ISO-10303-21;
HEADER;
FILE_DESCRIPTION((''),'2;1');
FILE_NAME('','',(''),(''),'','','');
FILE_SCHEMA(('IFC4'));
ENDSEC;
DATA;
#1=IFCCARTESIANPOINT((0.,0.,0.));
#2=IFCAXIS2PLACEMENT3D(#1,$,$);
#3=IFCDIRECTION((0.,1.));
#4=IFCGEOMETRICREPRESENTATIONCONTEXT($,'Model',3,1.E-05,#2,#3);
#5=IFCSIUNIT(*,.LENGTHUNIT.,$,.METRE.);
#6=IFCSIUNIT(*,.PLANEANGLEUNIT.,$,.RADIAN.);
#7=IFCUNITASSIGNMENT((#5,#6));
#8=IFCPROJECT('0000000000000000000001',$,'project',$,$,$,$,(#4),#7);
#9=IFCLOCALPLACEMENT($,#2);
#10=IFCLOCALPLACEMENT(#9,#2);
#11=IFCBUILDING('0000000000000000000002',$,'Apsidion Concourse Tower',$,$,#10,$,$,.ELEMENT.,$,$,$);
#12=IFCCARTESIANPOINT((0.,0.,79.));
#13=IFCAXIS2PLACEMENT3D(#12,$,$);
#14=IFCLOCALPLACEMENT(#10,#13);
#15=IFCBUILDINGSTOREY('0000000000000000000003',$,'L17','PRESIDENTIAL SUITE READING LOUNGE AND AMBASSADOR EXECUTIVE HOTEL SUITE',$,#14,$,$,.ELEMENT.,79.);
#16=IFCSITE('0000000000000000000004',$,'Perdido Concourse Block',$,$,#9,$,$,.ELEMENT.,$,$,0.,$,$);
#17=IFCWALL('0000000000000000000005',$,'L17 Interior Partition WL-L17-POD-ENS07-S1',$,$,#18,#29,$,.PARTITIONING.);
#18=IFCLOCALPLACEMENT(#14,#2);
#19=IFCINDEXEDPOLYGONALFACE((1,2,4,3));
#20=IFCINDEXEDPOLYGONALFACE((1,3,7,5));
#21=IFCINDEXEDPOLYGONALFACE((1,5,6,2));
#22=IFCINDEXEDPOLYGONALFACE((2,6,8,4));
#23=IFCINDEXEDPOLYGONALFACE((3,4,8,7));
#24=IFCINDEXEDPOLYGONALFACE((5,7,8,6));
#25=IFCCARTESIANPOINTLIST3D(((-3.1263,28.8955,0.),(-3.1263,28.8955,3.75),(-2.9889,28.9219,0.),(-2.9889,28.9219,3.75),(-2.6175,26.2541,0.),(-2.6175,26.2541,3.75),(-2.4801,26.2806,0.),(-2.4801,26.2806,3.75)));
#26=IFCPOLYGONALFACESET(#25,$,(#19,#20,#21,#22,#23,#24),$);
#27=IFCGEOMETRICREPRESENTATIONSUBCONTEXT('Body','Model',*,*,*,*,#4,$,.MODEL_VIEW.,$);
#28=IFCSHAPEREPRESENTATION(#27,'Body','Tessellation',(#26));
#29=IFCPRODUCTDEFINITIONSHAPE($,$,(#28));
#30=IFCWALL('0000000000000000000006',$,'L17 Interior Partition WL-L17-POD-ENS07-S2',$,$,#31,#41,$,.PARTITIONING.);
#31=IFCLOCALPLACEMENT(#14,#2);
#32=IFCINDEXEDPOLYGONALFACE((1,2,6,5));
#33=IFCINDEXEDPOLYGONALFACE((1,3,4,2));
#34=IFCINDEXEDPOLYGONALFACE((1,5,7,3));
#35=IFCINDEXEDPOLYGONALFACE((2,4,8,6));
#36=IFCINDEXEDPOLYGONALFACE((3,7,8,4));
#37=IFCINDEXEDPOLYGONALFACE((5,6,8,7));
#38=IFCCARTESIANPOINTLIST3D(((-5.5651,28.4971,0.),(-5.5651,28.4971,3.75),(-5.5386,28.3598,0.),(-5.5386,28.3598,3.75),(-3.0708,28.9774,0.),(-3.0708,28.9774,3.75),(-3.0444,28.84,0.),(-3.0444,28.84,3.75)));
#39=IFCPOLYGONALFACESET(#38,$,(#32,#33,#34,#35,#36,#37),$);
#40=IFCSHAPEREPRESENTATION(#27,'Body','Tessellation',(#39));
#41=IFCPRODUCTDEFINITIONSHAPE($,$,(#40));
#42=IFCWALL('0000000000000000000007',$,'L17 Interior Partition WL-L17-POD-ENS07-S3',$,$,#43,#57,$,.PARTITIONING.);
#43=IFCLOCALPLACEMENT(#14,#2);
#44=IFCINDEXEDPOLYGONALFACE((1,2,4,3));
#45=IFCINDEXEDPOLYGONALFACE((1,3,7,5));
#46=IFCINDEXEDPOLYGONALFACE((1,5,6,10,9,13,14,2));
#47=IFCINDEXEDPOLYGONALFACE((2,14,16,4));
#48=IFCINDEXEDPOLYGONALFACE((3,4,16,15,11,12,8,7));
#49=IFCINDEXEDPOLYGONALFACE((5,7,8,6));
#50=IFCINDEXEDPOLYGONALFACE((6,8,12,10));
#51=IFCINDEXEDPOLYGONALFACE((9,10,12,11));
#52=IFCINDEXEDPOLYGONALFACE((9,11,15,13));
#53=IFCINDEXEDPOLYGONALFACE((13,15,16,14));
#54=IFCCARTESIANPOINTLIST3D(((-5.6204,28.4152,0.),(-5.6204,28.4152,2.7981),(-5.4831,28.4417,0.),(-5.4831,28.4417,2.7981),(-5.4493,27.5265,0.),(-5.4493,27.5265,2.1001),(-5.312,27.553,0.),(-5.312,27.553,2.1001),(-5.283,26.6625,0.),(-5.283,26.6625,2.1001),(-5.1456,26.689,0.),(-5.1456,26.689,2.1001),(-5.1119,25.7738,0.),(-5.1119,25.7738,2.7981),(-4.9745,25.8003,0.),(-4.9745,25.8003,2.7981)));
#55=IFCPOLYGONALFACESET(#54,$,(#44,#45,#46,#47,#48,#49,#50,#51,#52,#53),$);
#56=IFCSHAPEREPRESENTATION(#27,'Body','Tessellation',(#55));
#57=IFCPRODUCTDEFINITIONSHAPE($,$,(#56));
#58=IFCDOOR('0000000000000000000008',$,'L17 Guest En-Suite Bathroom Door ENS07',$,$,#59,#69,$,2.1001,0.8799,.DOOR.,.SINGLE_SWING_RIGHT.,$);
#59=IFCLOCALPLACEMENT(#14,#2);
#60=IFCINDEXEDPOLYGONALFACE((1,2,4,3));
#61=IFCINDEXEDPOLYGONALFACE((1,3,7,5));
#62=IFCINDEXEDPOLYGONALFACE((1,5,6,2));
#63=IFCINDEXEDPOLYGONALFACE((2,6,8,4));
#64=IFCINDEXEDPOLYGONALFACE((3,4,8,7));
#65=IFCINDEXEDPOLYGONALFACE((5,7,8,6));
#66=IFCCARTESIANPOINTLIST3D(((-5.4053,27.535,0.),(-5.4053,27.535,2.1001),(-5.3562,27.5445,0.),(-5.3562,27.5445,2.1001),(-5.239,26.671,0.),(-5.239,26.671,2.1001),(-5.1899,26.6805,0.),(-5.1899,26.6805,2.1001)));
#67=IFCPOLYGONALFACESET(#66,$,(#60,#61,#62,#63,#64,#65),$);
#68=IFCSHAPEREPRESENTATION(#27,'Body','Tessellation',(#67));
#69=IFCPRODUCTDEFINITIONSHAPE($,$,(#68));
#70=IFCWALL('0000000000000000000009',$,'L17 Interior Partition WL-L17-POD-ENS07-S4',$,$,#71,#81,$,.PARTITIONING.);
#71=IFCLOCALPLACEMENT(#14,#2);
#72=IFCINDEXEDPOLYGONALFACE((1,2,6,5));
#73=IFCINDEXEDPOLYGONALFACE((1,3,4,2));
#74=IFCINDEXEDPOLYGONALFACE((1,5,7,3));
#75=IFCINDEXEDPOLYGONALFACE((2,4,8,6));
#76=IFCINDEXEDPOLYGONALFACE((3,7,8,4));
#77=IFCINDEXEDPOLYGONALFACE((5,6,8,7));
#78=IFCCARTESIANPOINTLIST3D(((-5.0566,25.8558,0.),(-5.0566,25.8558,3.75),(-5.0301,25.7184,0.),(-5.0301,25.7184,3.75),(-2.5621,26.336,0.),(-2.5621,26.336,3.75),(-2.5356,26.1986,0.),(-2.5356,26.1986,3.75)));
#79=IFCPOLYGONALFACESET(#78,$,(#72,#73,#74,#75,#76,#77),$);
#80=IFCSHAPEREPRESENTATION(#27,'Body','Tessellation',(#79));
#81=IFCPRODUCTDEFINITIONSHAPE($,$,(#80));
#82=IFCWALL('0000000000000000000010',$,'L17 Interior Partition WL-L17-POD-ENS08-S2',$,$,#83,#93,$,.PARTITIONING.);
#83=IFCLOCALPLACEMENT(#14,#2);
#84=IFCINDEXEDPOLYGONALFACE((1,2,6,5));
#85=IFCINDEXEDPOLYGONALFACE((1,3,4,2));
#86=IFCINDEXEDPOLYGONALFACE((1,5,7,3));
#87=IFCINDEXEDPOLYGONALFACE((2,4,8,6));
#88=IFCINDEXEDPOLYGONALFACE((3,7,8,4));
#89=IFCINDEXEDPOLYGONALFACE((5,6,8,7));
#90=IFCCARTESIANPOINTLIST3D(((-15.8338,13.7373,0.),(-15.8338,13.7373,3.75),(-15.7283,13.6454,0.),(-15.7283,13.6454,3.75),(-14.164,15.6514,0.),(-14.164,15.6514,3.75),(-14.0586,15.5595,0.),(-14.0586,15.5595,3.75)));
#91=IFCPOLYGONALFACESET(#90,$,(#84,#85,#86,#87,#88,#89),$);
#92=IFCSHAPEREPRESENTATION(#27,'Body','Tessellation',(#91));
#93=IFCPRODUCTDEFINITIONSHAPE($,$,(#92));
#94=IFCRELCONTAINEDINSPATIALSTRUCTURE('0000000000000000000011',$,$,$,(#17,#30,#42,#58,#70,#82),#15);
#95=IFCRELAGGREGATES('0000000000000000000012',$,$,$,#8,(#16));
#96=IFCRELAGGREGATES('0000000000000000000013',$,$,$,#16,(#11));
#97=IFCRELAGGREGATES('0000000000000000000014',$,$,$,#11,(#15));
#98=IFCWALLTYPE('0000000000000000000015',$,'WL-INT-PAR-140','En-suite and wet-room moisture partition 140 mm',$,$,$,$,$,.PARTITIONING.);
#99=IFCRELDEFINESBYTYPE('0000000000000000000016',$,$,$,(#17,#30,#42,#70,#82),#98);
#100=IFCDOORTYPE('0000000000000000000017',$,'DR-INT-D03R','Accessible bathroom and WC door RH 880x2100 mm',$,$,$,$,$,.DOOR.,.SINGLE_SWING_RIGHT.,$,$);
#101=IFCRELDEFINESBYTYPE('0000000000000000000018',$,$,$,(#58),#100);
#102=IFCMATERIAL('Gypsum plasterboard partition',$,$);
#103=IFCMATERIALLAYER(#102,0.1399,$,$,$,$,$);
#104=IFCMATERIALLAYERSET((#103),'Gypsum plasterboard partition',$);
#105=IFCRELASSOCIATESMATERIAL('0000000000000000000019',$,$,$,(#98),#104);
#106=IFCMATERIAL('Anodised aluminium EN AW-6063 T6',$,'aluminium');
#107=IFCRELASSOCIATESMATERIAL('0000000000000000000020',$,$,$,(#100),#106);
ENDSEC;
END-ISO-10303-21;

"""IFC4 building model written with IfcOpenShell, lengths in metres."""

from ifc_helpers import new_model, si_unit, direction, frame, frame_2d, origin, place, context, subcontext, project, spatial, rectangle, extrude, material, layer, layer_set, type_object, element, fill, save


model = new_model("IFC4")

# Units and contexts
model_context = context("Model", 3, precision=1e-05, world=origin(), true_north=direction((0.0, 1.0)))
body_context = subcontext(model_context, "Body", "Model", "MODEL_VIEW")
ifc_project = project(units=[si_unit("LENGTHUNIT", "METRE"), si_unit("PLANEANGLEUNIT", "RADIAN")], contexts=[model_context])

# Site, building, storey
site_placement = place(None, origin())
site = spatial("IfcSite", under=ifc_project, at=site_placement, Name="Perdido Concourse Block", CompositionType="ELEMENT", RefElevation=0.0)
building_placement = place(site_placement, origin())
building = spatial("IfcBuilding", under=site, at=building_placement, Name="Apsidion Concourse Tower", CompositionType="ELEMENT")
storey_placement = place(building_placement, frame((0.0, 0.0, 79.0)))
storey = spatial("IfcBuildingStorey", under=building, at=storey_placement, Name="L17", Description="PRESIDENTIAL SUITE READING LOUNGE AND AMBASSADOR EXECUTIVE HOTEL SUITE", CompositionType="ELEMENT", Elevation=79.0)

# Shared definitions
ifc_material_1 = material(Name="Anodised aluminium EN AW-6063 T6", Category="aluminium")

# Walls
ifc_material_2 = material(Name="Gypsum plasterboard partition")
ifc_layer_1 = layer(ifc_material_2, 0.1399)
ifc_layer_set_1 = layer_set([ifc_layer_1], Name="Gypsum plasterboard partition")
wall_type_1 = type_object("IfcWallType", Name="WL-INT-PAR-140", Description="En-suite and wet-room moisture partition 140 mm", PredefinedType="PARTITIONING", material=ifc_layer_set_1)
wall_1_placement = place(storey_placement, frame((-2.5488, 26.2673, 0.0), z_axis=(0.0, 0.0, 1.0), x_axis=(-0.189147, 0.981949, 0.0)))
element("IfcWall", 1, at=wall_1_placement, inside=storey, type_object=wall_type_1, Name="L17 Interior Partition WL-L17-POD-ENS07-S1", PredefinedType="PARTITIONING", context=body_context, shape_type="SweptSolid", body=[
    extrude(rectangle(XDim=2.6899, YDim=0.1399, at=frame_2d((1.345, 0.0))), origin(), (0.0, 0.0, 1.0), 3.75),
])
wall_2_placement = place(storey_placement, frame((-3.0576, 28.9087, 0.0), z_axis=(0.0, 0.0, 1.0), x_axis=(-0.981964, -0.189068, 0.0)))
element("IfcWall", 2, at=wall_2_placement, inside=storey, type_object=wall_type_1, Name="L17 Interior Partition WL-L17-POD-ENS07-S2", PredefinedType="PARTITIONING", context=body_context, shape_type="SweptSolid", body=[
    extrude(rectangle(XDim=2.54, YDim=0.1399, at=frame_2d((1.27, 0.0))), origin(), (0.0, 0.0, 1.0), 3.75),
])

# Wall, opening, door
wall_3_placement = place(storey_placement, frame((-5.5518, 28.4285, 0.0), z_axis=(0.0, 0.0, 1.0), x_axis=(0.189059, -0.981966, 0.0)))
wall_3 = element("IfcWall", 3, at=wall_3_placement, inside=storey, type_object=wall_type_1, Name="L17 Interior Partition WL-L17-POD-ENS07-S3", PredefinedType="PARTITIONING", context=body_context, shape_type="SweptSolid", body=[
    extrude(rectangle(XDim=2.6899, YDim=0.1399, at=frame_2d((1.345, 0.0))), origin(), (0.0, 0.0, 1.0), 2.7981),
])
opening_1_placement = place(wall_3_placement, frame((0.905, 0.0, 0.0)))
opening_1 = element("IfcOpeningElement", 4, at=opening_1_placement, cuts=wall_3, PredefinedType="OPENING", context=body_context, shape_type="SweptSolid", body=[
    extrude(rectangle(XDim=0.8799, YDim=2.1001, at=frame_2d((0.4399, 1.05))), frame((0.0, 0.0801, 0.0), z_axis=(0.0, -1.0, 0.0), x_axis=(1.0, 0.0, 0.0)), (0.0, 0.0, 1.0), 0.1599),
])
door_type_1 = type_object("IfcDoorType", Name="DR-INT-D03R", Description="Accessible bathroom and WC door RH 880x2100 mm", OperationType="SINGLE_SWING_RIGHT", PredefinedType="DOOR", material=ifc_material_1)
door_1_placement = place(opening_1_placement, origin())
door_1 = element("IfcDoor", 5, at=door_1_placement, inside=storey, type_object=door_type_1, Name="L17 Guest En-Suite Bathroom Door ENS07", OperationType="SINGLE_SWING_RIGHT", OverallHeight=2.1001, OverallWidth=0.8799, PredefinedType="DOOR", context=body_context, shape_type="SweptSolid", body=[
    extrude(rectangle(XDim=0.8799, YDim=2.1001, at=frame_2d((0.4399, 1.05))), frame((0.0, 0.0249, 0.0), z_axis=(0.0, -1.0, 0.0), x_axis=(1.0, 0.0, 0.0)), (0.0, 0.0, 1.0), 0.05),
])
fill(opening_1, door_1)

# Walls
wall_4_placement = place(storey_placement, frame((-5.0432, 25.7871, 0.0), z_axis=(0.0, 0.0, 1.0), x_axis=(0.981967, 0.189051, 0.0)))
element("IfcWall", 6, at=wall_4_placement, inside=storey, type_object=wall_type_1, Name="L17 Interior Partition WL-L17-POD-ENS07-S4", PredefinedType="PARTITIONING", context=body_context, shape_type="SweptSolid", body=[
    extrude(rectangle(XDim=2.5403, YDim=0.1399, at=frame_2d((1.27, 0.0))), origin(), (0.0, 0.0, 1.0), 3.75),
])
wall_5_placement = place(storey_placement, frame((-14.1113, 15.6055, 0.0), z_axis=(0.0, 0.0, 1.0), x_axis=(-0.657361, -0.753576, 0.0)))
element("IfcWall", 7, at=wall_5_placement, inside=storey, type_object=wall_type_1, Name="L17 Interior Partition WL-L17-POD-ENS08-S2", PredefinedType="PARTITIONING", context=body_context, shape_type="SweptSolid", body=[
    extrude(rectangle(XDim=2.54, YDim=0.1399, at=frame_2d((1.27, 0.0))), origin(), (0.0, 0.0, 1.0), 3.75),
])

save(model, "model.ifc")
